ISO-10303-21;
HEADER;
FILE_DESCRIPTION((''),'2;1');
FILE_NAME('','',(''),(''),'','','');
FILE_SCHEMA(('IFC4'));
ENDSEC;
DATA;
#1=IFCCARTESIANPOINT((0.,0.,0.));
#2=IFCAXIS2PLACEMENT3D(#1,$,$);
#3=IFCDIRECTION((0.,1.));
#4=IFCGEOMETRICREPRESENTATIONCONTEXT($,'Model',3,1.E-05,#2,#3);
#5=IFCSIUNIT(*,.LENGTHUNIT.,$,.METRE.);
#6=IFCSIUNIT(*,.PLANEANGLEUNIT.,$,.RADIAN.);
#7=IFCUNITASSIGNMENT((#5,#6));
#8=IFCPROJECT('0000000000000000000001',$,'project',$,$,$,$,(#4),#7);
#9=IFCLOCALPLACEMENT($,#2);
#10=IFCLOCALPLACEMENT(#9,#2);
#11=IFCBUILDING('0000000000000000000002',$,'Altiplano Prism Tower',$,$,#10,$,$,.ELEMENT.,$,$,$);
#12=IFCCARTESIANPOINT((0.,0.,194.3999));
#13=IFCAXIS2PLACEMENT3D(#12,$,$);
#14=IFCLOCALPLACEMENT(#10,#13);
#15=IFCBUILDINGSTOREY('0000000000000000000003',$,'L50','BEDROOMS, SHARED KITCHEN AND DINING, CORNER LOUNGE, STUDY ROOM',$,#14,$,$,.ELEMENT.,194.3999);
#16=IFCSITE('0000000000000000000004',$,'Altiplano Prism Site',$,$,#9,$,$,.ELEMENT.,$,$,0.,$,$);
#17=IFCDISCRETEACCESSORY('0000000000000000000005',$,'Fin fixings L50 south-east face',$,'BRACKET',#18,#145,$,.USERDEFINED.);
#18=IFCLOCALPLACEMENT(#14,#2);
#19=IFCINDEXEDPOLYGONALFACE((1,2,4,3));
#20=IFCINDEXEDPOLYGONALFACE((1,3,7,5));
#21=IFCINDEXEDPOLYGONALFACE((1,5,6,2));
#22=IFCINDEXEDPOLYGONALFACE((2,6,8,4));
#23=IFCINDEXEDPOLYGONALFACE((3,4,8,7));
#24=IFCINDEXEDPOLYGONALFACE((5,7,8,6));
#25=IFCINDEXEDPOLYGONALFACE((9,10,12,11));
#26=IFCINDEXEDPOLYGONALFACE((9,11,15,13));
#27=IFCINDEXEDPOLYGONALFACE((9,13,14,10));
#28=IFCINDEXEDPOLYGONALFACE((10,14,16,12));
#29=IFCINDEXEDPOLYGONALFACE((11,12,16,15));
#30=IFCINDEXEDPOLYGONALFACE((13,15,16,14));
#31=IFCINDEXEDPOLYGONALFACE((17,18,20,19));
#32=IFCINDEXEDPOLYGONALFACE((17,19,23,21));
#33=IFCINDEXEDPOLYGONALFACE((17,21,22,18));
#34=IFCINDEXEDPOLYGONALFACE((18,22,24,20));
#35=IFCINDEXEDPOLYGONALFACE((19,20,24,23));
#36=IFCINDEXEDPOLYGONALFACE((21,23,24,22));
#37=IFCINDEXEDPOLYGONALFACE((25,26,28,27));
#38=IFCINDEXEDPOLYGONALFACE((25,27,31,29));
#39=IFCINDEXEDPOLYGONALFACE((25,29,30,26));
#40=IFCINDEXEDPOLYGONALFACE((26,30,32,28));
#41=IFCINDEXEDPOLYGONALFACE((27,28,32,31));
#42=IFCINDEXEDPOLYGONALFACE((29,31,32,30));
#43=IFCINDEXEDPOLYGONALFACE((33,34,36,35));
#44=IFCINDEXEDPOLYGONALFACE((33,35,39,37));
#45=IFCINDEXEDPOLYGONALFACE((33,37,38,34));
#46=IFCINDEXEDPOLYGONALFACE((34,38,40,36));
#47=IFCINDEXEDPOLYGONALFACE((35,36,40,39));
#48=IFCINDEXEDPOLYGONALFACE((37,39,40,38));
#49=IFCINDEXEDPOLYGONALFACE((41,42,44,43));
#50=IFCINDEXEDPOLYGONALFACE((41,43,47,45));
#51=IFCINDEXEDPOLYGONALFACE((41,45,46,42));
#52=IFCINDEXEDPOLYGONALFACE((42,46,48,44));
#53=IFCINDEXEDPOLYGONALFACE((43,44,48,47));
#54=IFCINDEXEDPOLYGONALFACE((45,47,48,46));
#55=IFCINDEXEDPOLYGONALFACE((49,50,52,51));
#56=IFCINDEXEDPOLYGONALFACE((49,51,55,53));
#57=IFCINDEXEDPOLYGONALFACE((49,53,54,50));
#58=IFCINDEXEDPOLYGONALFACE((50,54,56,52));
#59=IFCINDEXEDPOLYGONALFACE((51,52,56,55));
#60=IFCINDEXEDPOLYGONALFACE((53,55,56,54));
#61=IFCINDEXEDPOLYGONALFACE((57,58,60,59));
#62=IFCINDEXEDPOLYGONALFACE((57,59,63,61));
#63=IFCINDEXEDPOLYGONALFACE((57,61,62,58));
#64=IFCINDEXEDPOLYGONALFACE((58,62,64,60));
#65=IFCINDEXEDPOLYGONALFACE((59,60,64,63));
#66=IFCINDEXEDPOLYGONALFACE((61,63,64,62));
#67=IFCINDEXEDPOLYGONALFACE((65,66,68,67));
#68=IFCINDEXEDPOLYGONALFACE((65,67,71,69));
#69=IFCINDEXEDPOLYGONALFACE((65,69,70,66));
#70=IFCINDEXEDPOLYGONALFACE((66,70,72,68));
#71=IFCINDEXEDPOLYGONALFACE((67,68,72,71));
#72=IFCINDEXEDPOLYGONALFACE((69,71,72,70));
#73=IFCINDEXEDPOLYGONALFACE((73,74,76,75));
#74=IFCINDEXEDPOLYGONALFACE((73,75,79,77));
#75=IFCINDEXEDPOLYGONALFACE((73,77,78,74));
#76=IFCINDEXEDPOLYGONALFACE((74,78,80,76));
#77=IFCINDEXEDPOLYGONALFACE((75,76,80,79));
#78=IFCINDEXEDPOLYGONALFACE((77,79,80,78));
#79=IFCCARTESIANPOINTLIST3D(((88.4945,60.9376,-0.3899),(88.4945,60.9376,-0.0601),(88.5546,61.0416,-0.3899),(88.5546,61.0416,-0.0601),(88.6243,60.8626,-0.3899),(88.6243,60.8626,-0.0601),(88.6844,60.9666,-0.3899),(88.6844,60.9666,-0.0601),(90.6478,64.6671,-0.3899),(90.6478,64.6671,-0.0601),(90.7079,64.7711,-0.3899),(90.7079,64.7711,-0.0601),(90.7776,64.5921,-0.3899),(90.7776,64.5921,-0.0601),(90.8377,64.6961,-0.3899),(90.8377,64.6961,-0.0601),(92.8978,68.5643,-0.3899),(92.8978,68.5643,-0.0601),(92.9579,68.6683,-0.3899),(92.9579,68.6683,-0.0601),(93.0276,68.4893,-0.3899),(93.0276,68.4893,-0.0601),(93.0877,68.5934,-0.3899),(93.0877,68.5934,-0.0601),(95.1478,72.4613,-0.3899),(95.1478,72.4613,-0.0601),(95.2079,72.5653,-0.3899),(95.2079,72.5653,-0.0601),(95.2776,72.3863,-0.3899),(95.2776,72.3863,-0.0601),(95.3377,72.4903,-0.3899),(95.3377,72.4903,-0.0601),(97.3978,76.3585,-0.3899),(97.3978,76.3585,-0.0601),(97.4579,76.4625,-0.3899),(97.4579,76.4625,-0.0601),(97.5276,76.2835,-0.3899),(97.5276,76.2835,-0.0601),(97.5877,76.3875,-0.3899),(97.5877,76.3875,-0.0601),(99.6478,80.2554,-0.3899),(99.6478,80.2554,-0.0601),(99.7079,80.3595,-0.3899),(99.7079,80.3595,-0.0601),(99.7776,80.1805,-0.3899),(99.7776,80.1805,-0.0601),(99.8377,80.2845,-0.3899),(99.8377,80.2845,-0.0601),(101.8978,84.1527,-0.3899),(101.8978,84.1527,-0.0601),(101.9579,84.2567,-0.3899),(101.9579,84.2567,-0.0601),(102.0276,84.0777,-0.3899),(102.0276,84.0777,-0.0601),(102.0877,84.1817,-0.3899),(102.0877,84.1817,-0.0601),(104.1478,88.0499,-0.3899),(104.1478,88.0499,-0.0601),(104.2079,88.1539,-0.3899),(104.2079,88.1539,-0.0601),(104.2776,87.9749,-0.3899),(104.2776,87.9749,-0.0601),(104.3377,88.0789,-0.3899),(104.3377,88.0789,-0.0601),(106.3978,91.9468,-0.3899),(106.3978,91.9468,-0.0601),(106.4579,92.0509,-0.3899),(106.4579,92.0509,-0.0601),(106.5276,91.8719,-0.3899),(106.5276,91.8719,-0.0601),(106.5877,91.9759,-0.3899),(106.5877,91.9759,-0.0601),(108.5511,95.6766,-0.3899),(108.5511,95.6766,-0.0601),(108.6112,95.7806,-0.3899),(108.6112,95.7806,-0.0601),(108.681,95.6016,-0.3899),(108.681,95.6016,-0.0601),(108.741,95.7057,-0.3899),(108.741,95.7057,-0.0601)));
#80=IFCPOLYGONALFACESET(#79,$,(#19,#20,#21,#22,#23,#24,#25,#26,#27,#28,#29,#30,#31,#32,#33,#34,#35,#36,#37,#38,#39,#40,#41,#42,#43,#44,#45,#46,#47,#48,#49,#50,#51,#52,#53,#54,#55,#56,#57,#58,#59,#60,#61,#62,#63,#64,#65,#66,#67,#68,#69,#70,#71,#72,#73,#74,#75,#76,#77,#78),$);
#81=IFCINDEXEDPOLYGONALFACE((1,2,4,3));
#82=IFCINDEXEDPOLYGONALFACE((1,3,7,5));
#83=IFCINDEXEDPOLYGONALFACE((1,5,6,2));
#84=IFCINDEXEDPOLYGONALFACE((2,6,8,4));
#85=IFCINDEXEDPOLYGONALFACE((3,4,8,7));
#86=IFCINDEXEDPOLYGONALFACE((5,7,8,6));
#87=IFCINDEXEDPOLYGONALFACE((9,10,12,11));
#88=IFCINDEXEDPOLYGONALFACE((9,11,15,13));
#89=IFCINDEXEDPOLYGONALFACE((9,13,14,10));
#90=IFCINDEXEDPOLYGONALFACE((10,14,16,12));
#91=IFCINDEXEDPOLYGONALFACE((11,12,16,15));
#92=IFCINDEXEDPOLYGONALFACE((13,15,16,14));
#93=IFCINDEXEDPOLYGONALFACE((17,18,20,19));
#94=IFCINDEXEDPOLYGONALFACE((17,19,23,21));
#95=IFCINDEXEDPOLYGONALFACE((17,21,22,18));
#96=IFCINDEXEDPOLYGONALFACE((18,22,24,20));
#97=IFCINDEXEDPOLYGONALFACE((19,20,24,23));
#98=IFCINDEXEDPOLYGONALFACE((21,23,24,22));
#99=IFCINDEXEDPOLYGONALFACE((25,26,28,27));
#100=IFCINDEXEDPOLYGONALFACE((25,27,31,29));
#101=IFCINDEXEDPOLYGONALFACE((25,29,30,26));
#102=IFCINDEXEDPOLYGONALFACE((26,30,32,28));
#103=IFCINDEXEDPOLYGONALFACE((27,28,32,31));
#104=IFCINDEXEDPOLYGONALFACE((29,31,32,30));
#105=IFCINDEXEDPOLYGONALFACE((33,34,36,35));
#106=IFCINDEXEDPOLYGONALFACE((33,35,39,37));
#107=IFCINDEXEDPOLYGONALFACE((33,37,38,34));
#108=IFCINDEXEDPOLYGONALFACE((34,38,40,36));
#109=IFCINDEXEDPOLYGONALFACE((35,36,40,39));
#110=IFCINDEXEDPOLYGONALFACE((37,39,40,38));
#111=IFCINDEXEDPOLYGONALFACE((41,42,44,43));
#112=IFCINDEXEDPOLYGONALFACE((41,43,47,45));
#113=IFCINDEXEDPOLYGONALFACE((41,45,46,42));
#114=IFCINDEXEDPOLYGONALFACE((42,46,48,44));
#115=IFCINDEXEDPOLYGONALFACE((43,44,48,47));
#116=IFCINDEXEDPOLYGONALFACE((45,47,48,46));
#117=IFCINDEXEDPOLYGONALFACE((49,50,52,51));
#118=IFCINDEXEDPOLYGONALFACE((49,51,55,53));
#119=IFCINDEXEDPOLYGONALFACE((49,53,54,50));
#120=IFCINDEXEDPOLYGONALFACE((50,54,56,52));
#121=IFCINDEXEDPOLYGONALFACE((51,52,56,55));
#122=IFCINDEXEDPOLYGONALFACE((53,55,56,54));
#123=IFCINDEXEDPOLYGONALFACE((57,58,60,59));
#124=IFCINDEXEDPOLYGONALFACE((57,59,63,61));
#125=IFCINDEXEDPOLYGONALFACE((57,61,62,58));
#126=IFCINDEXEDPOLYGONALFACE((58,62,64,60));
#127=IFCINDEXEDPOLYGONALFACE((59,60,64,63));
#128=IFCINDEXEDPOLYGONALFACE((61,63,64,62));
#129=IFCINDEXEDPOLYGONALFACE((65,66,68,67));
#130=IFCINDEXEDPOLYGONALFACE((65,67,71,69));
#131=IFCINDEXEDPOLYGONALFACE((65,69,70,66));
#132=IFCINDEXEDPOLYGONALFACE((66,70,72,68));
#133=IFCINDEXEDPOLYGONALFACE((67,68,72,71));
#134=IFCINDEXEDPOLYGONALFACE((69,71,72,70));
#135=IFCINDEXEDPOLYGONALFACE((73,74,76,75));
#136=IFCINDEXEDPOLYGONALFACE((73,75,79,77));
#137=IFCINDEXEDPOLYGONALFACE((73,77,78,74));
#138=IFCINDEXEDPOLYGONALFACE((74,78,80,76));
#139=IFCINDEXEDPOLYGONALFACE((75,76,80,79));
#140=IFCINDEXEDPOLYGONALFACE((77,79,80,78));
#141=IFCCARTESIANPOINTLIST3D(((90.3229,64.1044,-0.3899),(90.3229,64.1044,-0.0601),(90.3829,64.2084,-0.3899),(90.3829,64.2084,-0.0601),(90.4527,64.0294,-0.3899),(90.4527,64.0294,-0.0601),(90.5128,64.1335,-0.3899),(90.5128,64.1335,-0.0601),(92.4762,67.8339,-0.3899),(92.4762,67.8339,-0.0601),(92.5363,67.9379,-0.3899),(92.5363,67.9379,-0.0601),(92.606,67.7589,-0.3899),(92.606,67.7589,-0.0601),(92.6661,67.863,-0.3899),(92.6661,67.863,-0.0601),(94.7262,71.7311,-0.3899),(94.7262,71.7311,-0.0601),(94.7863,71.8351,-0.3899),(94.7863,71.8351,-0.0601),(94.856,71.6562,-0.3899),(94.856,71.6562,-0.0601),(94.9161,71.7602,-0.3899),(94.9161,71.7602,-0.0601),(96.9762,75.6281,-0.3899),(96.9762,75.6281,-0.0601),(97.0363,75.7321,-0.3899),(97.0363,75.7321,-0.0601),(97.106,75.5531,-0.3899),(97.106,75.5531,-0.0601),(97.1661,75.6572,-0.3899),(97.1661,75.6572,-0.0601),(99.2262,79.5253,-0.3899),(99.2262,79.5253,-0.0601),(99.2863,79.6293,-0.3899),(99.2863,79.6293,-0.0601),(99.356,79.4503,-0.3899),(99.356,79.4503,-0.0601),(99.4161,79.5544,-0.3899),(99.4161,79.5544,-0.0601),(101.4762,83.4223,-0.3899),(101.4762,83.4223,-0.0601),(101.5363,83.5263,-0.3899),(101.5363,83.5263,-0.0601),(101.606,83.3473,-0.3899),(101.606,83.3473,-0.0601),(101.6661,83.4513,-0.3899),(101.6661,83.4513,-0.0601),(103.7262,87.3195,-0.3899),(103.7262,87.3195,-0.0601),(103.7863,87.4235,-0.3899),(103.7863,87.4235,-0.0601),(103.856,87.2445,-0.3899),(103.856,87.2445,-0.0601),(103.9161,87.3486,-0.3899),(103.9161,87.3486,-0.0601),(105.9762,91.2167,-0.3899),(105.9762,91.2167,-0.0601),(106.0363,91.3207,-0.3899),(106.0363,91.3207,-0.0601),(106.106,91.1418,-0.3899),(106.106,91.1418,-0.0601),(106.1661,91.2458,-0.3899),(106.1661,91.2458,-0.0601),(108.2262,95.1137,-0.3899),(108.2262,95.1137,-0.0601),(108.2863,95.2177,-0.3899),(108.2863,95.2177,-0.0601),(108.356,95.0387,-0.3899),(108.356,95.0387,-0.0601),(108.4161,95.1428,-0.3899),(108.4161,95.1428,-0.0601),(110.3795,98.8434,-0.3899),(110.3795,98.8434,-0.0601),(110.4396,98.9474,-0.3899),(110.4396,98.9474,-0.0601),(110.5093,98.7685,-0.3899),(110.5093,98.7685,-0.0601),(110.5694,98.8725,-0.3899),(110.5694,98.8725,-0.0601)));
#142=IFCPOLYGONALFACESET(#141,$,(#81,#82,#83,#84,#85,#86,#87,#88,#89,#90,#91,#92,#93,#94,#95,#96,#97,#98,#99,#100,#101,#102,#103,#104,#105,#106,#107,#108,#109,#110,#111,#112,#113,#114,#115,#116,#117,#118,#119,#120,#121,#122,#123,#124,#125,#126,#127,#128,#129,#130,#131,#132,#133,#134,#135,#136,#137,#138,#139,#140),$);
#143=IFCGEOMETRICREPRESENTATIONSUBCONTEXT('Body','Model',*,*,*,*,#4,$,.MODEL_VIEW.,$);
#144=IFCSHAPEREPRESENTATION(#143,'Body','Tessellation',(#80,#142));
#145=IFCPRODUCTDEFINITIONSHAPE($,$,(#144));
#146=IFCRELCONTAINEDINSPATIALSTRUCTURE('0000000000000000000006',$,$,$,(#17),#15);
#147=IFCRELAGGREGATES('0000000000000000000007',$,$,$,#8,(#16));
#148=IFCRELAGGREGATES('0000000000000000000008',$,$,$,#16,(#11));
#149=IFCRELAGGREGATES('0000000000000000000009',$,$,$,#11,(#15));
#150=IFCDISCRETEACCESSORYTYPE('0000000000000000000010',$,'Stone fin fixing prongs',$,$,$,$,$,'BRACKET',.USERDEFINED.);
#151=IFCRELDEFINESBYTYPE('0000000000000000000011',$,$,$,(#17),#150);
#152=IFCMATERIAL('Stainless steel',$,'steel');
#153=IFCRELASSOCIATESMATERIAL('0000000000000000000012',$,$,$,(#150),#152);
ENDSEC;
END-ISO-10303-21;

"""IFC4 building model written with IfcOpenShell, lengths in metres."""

from ifc_helpers import new_model, si_unit, direction, frame, origin, place, context, subcontext, project, spatial, polyline, outline, extrude, source, transform, mapped, material, type_object, element, save


model = new_model("IFC4")

# Units and contexts
model_context = context("Model", 3, precision=1e-05, world=origin(), true_north=direction((0.0, 1.0)))
body_context = subcontext(model_context, "Body", "Model", "MODEL_VIEW")
ifc_project = project(units=[si_unit("LENGTHUNIT", "METRE"), si_unit("PLANEANGLEUNIT", "RADIAN")], contexts=[model_context])

# Site, building, storey
site_placement = place(None, origin())
site = spatial("IfcSite", under=ifc_project, at=site_placement, Name="Altiplano Prism Site", CompositionType="ELEMENT", RefElevation=0.0)
building_placement = place(site_placement, origin())
building = spatial("IfcBuilding", under=site, at=building_placement, Name="Altiplano Prism Tower", CompositionType="ELEMENT")
storey_placement = place(building_placement, frame((0.0, 0.0, 194.3999)))
storey = spatial("IfcBuildingStorey", under=building, at=storey_placement, Name="L50", Description="BEDROOMS, SHARED KITCHEN AND DINING, CORNER LOUNGE, STUDY ROOM", CompositionType="ELEMENT", Elevation=194.3999)

# Discrete accessory
ifc_material_1 = material(Name="Stainless steel", Category="steel")
discrete_accessory_type = type_object("IfcDiscreteAccessoryType", Name="Stone fin fixing prongs", ElementType="BRACKET", PredefinedType="USERDEFINED", material=ifc_material_1)
shared_shape_1 = source(origin(), body_context, "Body", "SweptSolid", [
    extrude(outline(polyline([(-1.8884, 0.0601), (-1.7683, 0.0601), (-1.7683, 0.3899), (-1.8884, 0.3899), (-1.8884, 0.0601)])), frame((0.0, 0.0, 0.0), z_axis=(0.0, -1.0, 0.0), x_axis=(1.0, 0.0, 0.0)), (0.0, 0.0, 1.0), 0.1499),
    extrude(outline(polyline([(1.7683, 0.0601), (1.8884, 0.0601), (1.8884, 0.3899), (1.7683, 0.3899), (1.7683, 0.0601)])), frame((0.0, 0.0, 0.0), z_axis=(0.0, -1.0, 0.0), x_axis=(1.0, 0.0, 0.0)), (0.0, 0.0, 1.0), 0.1499),
])
shared_shape_2 = source(origin(), body_context, "Body", "SweptSolid", [
    extrude(outline(polyline([(-1.8884, 0.0601), (-1.7683, 0.0601), (-1.7683, 0.3899), (-1.8884, 0.3899), (-1.8884, 0.0601)])), frame((0.0, 0.0, 0.0), z_axis=(0.0, -1.0, 0.0), x_axis=(1.0, 0.0, 0.0)), (0.0, 0.0, 1.0), 0.1499),
    extrude(outline(polyline([(1.7683, 0.0601), (1.8884, 0.0601), (1.8884, 0.3899), (1.7683, 0.3899), (1.7683, 0.0601)])), frame((0.0, 0.0, 0.0), z_axis=(0.0, -1.0, 0.0), x_axis=(1.0, 0.0, 0.0)), (0.0, 0.0, 1.0), 0.1499),
])
shared_shape_3 = source(origin(), body_context, "Body", "SweptSolid", [
    extrude(outline(polyline([(-1.8884, 0.0601), (-1.7683, 0.0601), (-1.7683, 0.3899), (-1.8884, 0.3899), (-1.8884, 0.0601)])), frame((0.0, 0.0, 0.0), z_axis=(0.0, -1.0, 0.0), x_axis=(1.0, 0.0, 0.0)), (0.0, 0.0, 1.0), 0.1499),
    extrude(outline(polyline([(1.7683, 0.0601), (1.8884, 0.0601), (1.8884, 0.3899), (1.7683, 0.3899), (1.7683, 0.0601)])), frame((0.0, 0.0, 0.0), z_axis=(0.0, -1.0, 0.0), x_axis=(1.0, 0.0, 0.0)), (0.0, 0.0, 1.0), 0.1499),
])
discrete_accessory_1_placement = place(storey_placement, origin())
element("IfcDiscreteAccessory", 1, at=discrete_accessory_1_placement, inside=storey, type_object=discrete_accessory_type, Name="Fin fixings L50 south-east face", ObjectType="BRACKET", PredefinedType="USERDEFINED", context=body_context, shape_type="MappedRepresentation", body=[
    mapped(shared_shape_1, transform((89.4387, 62.573, -0.45), x_axis=(0.5, 0.866025, 0.0), y_axis=(-0.866025, 0.5, 0.0), z_axis=(0.0, 0.0, 1.0))),
    mapped(shared_shape_2, transform((91.592, 66.3025, -0.45), x_axis=(0.5, 0.866025, 0.0), y_axis=(-0.866025, 0.5, 0.0), z_axis=(0.0, 0.0, 1.0))),
    mapped(shared_shape_2, transform((93.842, 70.1997, -0.45), x_axis=(0.5, 0.866025, 0.0), y_axis=(-0.866025, 0.5, 0.0), z_axis=(0.0, 0.0, 1.0))),
    mapped(shared_shape_2, transform((96.092, 74.0967, -0.45), x_axis=(0.5, 0.866025, 0.0), y_axis=(-0.866025, 0.5, 0.0), z_axis=(0.0, 0.0, 1.0))),
    mapped(shared_shape_2, transform((98.342, 77.9939, -0.45), x_axis=(0.5, 0.866025, 0.0), y_axis=(-0.866025, 0.5, 0.0), z_axis=(0.0, 0.0, 1.0))),
    mapped(shared_shape_2, transform((100.592, 81.8909, -0.45), x_axis=(0.5, 0.866025, 0.0), y_axis=(-0.866025, 0.5, 0.0), z_axis=(0.0, 0.0, 1.0))),
    mapped(shared_shape_2, transform((102.842, 85.7881, -0.45), x_axis=(0.5, 0.866025, 0.0), y_axis=(-0.866025, 0.5, 0.0), z_axis=(0.0, 0.0, 1.0))),
    mapped(shared_shape_3, transform((105.092, 89.6853, -0.45), x_axis=(0.5, 0.866025, 0.0), y_axis=(-0.866025, 0.5, 0.0), z_axis=(0.0, 0.0, 1.0))),
    mapped(shared_shape_2, transform((107.342, 93.5823, -0.45), x_axis=(0.5, 0.866025, 0.0), y_axis=(-0.866025, 0.5, 0.0), z_axis=(0.0, 0.0, 1.0))),
    mapped(shared_shape_1, transform((109.4954, 97.312, -0.45), x_axis=(0.5, 0.866025, 0.0), y_axis=(-0.866025, 0.5, 0.0), z_axis=(0.0, 0.0, 1.0))),
])

save(model, "model.ifc")
